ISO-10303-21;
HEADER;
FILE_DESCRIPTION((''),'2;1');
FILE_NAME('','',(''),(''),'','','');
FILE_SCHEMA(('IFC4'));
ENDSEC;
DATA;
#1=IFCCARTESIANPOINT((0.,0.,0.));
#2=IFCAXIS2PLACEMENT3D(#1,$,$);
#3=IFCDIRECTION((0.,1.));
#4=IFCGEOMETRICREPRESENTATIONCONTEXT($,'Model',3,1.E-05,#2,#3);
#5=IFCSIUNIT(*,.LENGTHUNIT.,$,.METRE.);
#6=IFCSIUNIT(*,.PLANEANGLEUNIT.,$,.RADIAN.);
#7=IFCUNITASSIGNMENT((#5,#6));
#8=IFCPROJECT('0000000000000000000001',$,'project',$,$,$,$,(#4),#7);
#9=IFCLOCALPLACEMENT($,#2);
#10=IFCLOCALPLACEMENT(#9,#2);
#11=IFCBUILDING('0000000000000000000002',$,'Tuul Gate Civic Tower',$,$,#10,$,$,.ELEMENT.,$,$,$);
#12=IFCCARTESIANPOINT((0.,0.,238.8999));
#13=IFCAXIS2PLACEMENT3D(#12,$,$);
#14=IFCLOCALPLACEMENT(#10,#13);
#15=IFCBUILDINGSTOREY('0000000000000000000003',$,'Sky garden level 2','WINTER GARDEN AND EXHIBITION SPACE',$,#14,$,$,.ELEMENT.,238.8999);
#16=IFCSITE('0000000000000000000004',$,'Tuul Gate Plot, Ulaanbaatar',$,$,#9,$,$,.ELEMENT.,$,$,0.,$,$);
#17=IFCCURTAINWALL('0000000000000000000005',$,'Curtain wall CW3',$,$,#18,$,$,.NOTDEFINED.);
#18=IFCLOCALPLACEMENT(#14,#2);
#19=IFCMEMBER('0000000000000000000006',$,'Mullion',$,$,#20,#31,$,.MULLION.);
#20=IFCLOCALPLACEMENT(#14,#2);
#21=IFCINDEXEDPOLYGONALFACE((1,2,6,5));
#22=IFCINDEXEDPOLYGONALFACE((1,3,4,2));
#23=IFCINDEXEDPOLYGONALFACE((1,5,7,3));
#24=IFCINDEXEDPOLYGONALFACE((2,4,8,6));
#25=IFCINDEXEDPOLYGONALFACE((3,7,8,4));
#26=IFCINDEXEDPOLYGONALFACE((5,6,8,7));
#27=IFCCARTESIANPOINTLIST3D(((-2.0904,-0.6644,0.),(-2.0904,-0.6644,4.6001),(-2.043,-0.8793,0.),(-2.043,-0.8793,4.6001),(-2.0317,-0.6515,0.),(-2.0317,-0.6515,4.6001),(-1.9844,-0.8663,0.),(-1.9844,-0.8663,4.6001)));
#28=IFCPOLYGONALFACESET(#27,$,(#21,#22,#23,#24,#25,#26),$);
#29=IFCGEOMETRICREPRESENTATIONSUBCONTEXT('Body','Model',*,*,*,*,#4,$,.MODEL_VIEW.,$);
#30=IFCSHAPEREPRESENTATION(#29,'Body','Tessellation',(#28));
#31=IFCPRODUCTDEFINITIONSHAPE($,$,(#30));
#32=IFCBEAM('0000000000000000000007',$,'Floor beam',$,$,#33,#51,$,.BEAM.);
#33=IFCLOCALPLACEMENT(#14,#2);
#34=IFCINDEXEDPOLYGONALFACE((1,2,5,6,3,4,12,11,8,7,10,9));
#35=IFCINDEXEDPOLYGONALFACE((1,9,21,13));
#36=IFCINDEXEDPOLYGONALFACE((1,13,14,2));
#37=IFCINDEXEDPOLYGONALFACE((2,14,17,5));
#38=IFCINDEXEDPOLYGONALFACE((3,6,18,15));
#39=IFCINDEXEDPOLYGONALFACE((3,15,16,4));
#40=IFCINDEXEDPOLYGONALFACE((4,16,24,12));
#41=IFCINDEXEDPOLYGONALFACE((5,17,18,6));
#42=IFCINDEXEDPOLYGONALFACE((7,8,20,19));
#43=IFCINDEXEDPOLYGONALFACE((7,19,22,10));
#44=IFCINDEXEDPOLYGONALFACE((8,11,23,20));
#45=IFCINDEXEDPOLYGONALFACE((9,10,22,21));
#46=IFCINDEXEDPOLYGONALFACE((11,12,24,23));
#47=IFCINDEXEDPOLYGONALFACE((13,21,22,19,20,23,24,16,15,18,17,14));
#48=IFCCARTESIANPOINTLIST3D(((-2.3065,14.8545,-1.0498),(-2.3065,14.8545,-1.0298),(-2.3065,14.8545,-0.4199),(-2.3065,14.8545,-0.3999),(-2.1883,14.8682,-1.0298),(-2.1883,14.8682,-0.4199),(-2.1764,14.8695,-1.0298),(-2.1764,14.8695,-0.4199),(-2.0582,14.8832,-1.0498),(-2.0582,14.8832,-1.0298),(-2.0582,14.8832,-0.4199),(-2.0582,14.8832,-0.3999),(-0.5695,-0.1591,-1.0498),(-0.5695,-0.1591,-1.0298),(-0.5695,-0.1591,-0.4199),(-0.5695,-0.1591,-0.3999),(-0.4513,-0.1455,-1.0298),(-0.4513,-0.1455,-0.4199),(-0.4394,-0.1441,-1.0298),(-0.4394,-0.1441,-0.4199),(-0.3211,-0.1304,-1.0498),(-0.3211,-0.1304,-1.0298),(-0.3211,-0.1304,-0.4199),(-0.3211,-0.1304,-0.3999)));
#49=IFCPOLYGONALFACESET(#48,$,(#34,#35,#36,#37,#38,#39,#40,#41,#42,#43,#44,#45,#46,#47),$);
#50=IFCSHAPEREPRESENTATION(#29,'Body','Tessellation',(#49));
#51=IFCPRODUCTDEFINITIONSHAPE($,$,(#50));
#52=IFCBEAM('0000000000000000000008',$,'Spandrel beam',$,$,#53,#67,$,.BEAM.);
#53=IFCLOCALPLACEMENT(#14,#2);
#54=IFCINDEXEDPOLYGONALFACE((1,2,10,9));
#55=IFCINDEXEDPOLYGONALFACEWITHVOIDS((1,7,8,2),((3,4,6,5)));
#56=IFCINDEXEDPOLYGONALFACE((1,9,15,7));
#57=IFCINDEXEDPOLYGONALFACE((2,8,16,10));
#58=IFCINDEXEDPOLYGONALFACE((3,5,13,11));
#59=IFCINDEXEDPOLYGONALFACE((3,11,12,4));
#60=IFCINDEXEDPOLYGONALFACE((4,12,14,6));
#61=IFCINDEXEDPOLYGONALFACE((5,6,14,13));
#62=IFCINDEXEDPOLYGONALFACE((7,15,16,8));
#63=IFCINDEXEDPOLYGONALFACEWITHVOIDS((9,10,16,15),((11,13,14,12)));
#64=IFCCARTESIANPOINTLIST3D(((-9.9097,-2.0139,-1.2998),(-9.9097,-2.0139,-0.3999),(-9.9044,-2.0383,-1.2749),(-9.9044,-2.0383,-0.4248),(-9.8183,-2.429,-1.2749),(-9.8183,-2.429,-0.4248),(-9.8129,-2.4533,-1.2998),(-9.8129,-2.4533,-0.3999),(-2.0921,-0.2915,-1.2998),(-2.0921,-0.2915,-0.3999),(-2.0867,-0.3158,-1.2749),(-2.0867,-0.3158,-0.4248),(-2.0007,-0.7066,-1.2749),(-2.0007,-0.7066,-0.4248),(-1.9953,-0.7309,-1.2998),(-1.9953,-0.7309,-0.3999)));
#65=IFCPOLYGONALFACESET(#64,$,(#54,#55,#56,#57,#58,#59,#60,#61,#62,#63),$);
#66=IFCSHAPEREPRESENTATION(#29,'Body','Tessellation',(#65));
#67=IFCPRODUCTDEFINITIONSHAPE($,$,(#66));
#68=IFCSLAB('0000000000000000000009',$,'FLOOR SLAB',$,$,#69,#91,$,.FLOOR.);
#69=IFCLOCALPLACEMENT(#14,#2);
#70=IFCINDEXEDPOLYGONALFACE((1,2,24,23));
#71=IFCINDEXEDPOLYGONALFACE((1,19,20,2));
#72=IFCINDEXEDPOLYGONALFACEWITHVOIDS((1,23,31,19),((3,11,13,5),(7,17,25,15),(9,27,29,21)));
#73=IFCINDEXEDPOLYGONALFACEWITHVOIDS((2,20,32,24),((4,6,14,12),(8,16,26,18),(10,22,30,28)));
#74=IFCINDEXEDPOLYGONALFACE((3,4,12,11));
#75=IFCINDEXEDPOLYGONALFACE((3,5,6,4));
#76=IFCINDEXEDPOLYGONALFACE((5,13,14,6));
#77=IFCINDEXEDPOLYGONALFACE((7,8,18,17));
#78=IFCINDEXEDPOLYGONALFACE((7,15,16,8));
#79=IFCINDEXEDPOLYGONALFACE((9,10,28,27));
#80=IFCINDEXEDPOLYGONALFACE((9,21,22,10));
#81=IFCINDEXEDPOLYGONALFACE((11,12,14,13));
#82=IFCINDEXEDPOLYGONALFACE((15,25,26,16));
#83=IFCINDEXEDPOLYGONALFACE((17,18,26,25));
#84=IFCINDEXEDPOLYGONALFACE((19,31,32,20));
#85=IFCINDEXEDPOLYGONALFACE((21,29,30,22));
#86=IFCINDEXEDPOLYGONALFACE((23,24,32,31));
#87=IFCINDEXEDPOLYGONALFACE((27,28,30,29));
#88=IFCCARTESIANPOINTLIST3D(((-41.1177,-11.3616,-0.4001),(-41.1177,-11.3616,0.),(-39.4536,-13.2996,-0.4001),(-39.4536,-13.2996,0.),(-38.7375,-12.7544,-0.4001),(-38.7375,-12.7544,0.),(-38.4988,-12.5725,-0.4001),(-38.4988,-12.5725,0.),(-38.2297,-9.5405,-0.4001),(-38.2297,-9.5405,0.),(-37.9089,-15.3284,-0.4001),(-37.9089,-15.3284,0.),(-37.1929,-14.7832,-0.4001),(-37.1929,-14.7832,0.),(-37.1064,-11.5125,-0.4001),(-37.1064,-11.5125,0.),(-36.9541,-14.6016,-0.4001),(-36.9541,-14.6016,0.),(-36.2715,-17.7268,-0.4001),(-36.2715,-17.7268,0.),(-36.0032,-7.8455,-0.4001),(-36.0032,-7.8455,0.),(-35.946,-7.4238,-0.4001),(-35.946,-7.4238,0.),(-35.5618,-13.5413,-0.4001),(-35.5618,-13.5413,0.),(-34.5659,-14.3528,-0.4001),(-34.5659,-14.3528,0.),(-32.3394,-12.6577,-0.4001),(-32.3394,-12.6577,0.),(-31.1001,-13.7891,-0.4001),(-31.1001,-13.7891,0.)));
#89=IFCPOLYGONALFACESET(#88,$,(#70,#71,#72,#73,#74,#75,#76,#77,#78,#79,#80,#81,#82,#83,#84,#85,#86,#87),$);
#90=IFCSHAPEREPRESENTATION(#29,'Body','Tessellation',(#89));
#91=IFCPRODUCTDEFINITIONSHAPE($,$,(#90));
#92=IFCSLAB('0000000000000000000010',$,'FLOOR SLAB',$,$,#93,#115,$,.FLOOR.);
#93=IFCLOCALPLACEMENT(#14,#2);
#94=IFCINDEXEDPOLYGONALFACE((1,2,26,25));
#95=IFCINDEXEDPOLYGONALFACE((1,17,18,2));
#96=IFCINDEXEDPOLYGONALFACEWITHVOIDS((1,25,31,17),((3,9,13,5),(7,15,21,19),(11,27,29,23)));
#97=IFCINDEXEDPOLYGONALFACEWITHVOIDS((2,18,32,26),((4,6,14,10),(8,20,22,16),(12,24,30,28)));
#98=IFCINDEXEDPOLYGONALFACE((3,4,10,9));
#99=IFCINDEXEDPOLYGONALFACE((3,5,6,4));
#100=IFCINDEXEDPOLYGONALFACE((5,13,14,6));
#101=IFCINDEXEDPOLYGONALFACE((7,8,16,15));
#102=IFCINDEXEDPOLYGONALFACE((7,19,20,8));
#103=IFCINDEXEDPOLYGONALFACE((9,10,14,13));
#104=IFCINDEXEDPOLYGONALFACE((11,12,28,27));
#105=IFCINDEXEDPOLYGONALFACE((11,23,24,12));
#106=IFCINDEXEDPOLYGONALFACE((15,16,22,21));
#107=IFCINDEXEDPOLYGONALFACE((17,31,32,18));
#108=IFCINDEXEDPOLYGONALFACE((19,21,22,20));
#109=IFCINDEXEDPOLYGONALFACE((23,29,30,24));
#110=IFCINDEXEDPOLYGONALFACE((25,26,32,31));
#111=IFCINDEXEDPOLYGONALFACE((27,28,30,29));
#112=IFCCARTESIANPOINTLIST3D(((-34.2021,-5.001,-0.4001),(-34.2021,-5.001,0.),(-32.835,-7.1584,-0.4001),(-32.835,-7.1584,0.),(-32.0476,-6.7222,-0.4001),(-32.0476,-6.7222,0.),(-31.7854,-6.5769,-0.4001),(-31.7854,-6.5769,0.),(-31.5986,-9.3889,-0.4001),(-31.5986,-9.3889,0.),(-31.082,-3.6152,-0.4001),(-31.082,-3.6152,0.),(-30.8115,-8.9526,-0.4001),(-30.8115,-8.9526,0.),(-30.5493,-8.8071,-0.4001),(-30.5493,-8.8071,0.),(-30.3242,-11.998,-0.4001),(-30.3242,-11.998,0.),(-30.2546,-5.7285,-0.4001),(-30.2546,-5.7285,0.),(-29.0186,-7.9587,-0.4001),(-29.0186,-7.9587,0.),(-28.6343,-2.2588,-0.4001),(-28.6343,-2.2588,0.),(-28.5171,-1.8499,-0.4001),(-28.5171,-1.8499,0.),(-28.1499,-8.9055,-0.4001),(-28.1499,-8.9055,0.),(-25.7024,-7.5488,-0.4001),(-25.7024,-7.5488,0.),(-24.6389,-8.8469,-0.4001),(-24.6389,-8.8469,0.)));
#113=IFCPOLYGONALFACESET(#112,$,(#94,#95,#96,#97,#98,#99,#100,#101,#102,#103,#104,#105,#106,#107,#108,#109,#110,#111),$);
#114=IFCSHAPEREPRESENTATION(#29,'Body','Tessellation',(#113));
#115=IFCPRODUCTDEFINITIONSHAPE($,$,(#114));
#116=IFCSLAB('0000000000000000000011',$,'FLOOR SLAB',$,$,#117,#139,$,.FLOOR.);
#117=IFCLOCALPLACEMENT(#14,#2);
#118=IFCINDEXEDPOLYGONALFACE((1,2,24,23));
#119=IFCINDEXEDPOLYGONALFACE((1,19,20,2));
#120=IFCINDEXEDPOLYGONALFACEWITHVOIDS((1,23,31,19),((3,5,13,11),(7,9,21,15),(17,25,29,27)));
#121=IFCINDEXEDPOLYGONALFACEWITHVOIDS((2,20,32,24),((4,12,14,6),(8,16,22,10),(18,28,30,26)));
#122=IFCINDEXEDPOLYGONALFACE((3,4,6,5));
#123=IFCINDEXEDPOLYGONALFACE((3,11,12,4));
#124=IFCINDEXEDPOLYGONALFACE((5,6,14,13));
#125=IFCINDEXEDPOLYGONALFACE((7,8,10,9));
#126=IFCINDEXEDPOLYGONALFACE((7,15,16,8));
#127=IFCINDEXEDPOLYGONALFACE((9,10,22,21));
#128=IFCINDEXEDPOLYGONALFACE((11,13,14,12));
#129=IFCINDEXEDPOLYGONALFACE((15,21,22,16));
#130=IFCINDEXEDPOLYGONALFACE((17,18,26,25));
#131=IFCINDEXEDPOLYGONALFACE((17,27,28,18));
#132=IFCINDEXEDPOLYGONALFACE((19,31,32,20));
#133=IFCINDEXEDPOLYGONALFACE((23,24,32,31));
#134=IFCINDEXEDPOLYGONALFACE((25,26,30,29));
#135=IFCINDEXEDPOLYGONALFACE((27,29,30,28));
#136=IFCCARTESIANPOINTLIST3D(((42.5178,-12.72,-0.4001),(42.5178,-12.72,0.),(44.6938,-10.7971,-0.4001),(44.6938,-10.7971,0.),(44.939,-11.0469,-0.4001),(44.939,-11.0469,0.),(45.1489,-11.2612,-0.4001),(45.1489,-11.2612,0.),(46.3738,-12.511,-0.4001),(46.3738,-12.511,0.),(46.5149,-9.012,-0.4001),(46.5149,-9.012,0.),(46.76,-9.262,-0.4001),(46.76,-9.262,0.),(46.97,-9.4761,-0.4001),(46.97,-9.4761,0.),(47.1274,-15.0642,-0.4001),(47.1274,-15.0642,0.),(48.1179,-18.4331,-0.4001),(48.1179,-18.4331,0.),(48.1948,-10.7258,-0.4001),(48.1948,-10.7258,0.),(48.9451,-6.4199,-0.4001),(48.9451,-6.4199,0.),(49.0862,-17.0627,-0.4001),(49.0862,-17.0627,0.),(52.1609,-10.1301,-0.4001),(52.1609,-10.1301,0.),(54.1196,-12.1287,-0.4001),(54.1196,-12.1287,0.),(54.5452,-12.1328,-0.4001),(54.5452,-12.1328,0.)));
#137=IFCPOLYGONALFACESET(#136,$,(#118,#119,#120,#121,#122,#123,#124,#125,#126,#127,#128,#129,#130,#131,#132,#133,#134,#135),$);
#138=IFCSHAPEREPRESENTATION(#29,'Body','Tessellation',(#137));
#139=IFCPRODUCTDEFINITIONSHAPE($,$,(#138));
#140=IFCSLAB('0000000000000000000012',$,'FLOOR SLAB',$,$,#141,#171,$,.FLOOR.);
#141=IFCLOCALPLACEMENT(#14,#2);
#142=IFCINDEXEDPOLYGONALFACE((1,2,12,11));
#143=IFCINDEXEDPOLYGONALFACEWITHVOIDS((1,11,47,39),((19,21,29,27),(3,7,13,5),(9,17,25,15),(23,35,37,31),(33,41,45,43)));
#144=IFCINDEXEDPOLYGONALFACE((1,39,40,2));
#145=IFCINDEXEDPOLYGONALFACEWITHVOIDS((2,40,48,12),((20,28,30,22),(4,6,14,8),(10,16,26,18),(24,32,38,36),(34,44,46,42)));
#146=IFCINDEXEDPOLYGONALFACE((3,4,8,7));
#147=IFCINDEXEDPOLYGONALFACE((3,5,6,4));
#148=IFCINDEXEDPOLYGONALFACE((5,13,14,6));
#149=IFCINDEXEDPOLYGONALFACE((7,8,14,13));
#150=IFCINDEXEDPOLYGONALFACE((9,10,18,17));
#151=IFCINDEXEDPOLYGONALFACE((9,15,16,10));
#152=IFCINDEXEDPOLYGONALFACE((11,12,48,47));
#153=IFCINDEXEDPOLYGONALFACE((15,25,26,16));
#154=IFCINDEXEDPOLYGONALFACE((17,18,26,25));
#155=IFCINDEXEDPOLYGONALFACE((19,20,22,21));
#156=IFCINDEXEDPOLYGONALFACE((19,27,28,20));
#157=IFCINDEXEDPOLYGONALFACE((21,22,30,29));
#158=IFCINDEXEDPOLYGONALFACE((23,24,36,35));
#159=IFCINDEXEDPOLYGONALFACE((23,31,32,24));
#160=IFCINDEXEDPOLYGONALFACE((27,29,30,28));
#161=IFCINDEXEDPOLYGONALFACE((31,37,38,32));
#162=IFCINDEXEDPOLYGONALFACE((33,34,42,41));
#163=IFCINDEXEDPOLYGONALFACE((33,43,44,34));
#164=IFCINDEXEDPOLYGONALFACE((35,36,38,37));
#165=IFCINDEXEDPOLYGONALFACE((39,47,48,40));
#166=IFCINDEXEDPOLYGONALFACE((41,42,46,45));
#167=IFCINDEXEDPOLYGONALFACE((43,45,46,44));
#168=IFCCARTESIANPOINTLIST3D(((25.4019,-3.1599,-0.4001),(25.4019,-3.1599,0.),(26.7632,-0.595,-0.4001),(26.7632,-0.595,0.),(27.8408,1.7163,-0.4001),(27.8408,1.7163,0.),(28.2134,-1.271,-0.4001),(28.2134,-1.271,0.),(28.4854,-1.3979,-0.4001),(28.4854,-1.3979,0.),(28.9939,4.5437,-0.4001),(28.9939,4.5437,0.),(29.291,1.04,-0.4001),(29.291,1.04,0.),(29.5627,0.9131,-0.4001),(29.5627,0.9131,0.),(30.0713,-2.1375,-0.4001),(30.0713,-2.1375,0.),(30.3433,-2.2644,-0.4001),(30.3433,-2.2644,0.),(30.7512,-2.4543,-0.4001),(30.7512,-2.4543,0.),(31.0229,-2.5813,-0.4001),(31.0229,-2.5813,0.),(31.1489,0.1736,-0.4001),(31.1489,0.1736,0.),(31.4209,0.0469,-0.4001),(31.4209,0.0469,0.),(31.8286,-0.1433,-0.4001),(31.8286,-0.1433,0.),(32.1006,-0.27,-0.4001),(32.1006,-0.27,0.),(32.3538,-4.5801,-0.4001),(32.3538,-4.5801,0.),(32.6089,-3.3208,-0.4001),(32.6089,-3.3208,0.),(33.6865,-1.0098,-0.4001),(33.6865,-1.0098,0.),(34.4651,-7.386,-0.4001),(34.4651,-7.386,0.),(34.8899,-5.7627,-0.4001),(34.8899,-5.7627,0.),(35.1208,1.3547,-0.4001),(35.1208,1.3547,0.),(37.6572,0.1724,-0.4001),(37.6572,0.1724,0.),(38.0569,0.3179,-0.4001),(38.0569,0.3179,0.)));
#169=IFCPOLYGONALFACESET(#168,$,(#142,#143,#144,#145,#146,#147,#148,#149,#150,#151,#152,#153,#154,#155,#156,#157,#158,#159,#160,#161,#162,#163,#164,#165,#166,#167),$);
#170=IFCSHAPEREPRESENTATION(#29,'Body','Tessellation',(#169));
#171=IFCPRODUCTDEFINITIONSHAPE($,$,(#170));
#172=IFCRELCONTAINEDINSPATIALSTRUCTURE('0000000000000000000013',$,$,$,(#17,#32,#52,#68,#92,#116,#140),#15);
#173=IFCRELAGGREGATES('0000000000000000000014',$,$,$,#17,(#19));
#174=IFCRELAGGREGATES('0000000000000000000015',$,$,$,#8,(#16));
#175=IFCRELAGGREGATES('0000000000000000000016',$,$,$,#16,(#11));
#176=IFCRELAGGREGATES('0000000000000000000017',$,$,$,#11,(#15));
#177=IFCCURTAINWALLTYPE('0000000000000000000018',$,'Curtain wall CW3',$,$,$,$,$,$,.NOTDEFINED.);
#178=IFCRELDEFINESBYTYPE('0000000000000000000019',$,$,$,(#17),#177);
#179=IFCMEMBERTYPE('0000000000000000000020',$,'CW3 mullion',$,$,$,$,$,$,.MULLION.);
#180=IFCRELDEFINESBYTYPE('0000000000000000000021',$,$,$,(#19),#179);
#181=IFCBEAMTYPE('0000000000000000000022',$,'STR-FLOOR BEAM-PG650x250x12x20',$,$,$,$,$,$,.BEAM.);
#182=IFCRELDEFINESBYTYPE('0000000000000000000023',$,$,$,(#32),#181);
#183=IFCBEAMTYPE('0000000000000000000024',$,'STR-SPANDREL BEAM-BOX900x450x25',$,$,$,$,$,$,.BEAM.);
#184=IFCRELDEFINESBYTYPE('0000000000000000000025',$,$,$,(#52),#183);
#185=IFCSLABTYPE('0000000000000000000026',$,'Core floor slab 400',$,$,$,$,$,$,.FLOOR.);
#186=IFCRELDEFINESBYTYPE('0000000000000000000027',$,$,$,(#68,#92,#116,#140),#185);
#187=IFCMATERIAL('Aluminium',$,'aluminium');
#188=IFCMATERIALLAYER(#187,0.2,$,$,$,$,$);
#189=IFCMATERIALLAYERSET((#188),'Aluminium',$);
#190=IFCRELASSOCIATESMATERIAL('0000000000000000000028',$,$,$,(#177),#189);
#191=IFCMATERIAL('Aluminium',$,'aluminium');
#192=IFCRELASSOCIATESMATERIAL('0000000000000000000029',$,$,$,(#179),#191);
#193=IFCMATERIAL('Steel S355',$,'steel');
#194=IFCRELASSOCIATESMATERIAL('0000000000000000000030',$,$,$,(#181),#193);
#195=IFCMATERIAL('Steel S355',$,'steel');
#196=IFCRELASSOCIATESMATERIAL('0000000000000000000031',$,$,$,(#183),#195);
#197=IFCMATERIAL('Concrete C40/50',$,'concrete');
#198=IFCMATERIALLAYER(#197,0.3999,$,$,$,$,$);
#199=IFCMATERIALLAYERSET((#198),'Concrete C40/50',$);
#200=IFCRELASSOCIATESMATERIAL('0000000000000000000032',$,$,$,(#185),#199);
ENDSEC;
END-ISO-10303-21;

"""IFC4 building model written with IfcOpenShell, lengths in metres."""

from ifc_helpers import new_model, si_unit, direction, frame, origin, origin_2d, place, context, subcontext, project, spatial, polyline, rectangle, hollow_rectangle, i_section, outline, extrude, material, layer, layer_set, material_profile, profile_set, type_object, element, aggregate, save


model = new_model("IFC4")

# Units and contexts
model_context = context("Model", 3, precision=1e-05, world=origin(), true_north=direction((0.0, 1.0)))
body_context = subcontext(model_context, "Body", "Model", "MODEL_VIEW")
ifc_project = project(units=[si_unit("LENGTHUNIT", "METRE"), si_unit("PLANEANGLEUNIT", "RADIAN")], contexts=[model_context])

# Site, building, storey
site_placement = place(None, origin())
site = spatial("IfcSite", under=ifc_project, at=site_placement, Name="Tuul Gate Plot, Ulaanbaatar", CompositionType="ELEMENT", RefElevation=0.0)
building_placement = place(site_placement, origin())
building = spatial("IfcBuilding", under=site, at=building_placement, Name="Tuul Gate Civic Tower", CompositionType="ELEMENT")
storey_placement = place(building_placement, frame((0.0, 0.0, 238.8999)))
storey = spatial("IfcBuildingStorey", under=building, at=storey_placement, Name="Sky garden level 2", Description="WINTER GARDEN AND EXHIBITION SPACE", CompositionType="ELEMENT", Elevation=238.8999)

# Curtain wall, member
ifc_material_1 = material(Name="Aluminium", Category="aluminium")
ifc_layer_1 = layer(ifc_material_1, 0.2)
ifc_layer_set_1 = layer_set([ifc_layer_1], Name="Aluminium")
curtain_wall_type = type_object("IfcCurtainWallType", Name="Curtain wall CW3", PredefinedType="NOTDEFINED", material=ifc_layer_set_1)
curtain_wall_placement = place(storey_placement, origin())
curtain_wall = element("IfcCurtainWall", 1, at=curtain_wall_placement, inside=storey, type_object=curtain_wall_type, Name="Curtain wall CW3", PredefinedType="NOTDEFINED")
ifc_material_2 = material(Name="Aluminium", Category="aluminium")
ifc_material_profile_1 = material_profile(ifc_material_2, rectangle(XDim=0.22, YDim=0.0601, at=origin_2d()), Name="CW3 mullion")
ifc_profile_set_1 = profile_set([ifc_material_profile_1], Name="Aluminium")
member_type = type_object("IfcMemberType", Name="CW3 mullion", PredefinedType="MULLION", material=ifc_profile_set_1)
member_placement = place(storey_placement, frame((-2.0374, -0.7654, 0.0), z_axis=(0.0, 0.0, 1.0), x_axis=(-0.215242, 0.976561, 0.0)))
member = element("IfcMember", 2, at=member_placement, type_object=member_type, Name="Mullion", PredefinedType="MULLION", context=body_context, shape_type="SweptSolid", body=[
    extrude(rectangle(XDim=0.22, YDim=0.0601, at=origin_2d()), origin(), (0.0, 0.0, 1.0), 4.6001),
])
aggregate(curtain_wall, [member])

# Beams
ifc_material_3 = material(Name="Steel S355", Category="steel")
ifc_material_profile_2 = material_profile(ifc_material_3, i_section(OverallWidth=0.25, OverallDepth=0.6499, WebThickness=0.012, FlangeThickness=0.02, at=origin_2d()), Name="PG650x250x12x20")
ifc_profile_set_2 = profile_set([ifc_material_profile_2], Name="Steel S355")
beam_type_1 = type_object("IfcBeamType", Name="STR-FLOOR BEAM-PG650x250x12x20", PredefinedType="BEAM", material=ifc_profile_set_2)
beam_1_placement = place(storey_placement, frame((-0.4453, -0.1448, -0.7249), z_axis=(-0.114932, 0.993373, 0.0), x_axis=(-0.993373, -0.114932, 0.0)))
element("IfcBeam", 3, at=beam_1_placement, inside=storey, type_object=beam_type_1, Name="Floor beam", PredefinedType="BEAM", context=body_context, shape_type="SweptSolid", body=[
    extrude(i_section(OverallWidth=0.25, OverallDepth=0.6499, WebThickness=0.012, FlangeThickness=0.02, at=origin_2d()), origin(), (0.0, 0.0, 1.0), 15.1138),
])
ifc_material_4 = material(Name="Steel S355", Category="steel")
ifc_material_profile_3 = material_profile(ifc_material_4, hollow_rectangle(XDim=0.45, YDim=0.8999, WallThickness=0.0249, at=origin_2d()), Name="BOX900x450x25")
ifc_profile_set_3 = profile_set([ifc_material_profile_3], Name="Steel S355")
beam_type_2 = type_object("IfcBeamType", Name="STR-SPANDREL BEAM-BOX900x450x25", PredefinedType="BEAM", material=ifc_profile_set_3)
beam_2_placement = place(storey_placement, frame((-2.0437, -0.5112, -0.8499), z_axis=(-0.976578, -0.215164, 0.0), x_axis=(0.215164, -0.976578, 0.0)))
element("IfcBeam", 4, at=beam_2_placement, inside=storey, type_object=beam_type_2, Name="Spandrel beam", PredefinedType="BEAM", context=body_context, shape_type="SweptSolid", body=[
    extrude(hollow_rectangle(XDim=0.45, YDim=0.8999, WallThickness=0.0249, at=origin_2d()), origin(), (0.0, 0.0, 1.0), 8.0051),
])

# Slabs
ifc_material_5 = material(Name="Concrete C40/50", Category="concrete")
ifc_layer_2 = layer(ifc_material_5, 0.3999)
ifc_layer_set_2 = layer_set([ifc_layer_2], Name="Concrete C40/50")
slab_type_1 = type_object("IfcSlabType", Name="Core floor slab 400", PredefinedType="FLOOR", material=ifc_layer_set_2)
slab_1_placement = place(storey_placement, frame((0.0, 0.0, -0.4001)))
element("IfcSlab", 5, at=slab_1_placement, inside=storey, type_object=slab_type_1, Name="FLOOR SLAB", PredefinedType="FLOOR", context=body_context, shape_type="SweptSolid", body=[
    extrude(outline(polyline([(-31.1001, -13.7891), (-35.946, -7.4238), (-41.1177, -11.3616), (-36.2715, -17.7268), (-31.1001, -13.7891)]), holes=[polyline([(-35.5618, -13.5413), (-37.1064, -11.5125), (-38.4988, -12.5725), (-36.9541, -14.6016), (-35.5618, -13.5413)]), polyline([(-37.1929, -14.7832), (-38.7375, -12.7544), (-39.4536, -13.2996), (-37.9089, -15.3284), (-37.1929, -14.7832)]), polyline([(-32.3394, -12.6577), (-34.5659, -14.3528), (-38.2297, -9.5405), (-36.0032, -7.8455), (-32.3394, -12.6577)])]), origin(), (0.0, 0.0, 1.0), 0.4001),
])
slab_2_placement = place(storey_placement, frame((0.0, 0.0, -0.4001)))
element("IfcSlab", 6, at=slab_2_placement, inside=storey, type_object=slab_type_1, Name="FLOOR SLAB", PredefinedType="FLOOR", context=body_context, shape_type="SweptSolid", body=[
    extrude(outline(polyline([(-24.6389, -8.8469), (-28.5171, -1.8499), (-34.2021, -5.001), (-30.3242, -11.998), (-24.6389, -8.8469)]), holes=[polyline([(-29.0186, -7.9587), (-30.2546, -5.7285), (-31.7854, -6.5769), (-30.5493, -8.8071), (-29.0186, -7.9587)]), polyline([(-30.8115, -8.9526), (-32.0476, -6.7222), (-32.835, -7.1584), (-31.5986, -9.3889), (-30.8115, -8.9526)]), polyline([(-25.7024, -7.5488), (-28.1499, -8.9055), (-31.082, -3.6152), (-28.6343, -2.2588), (-25.7024, -7.5488)])]), origin(), (0.0, 0.0, 1.0), 0.4001),
])
slab_3_placement = place(storey_placement, frame((0.0, 0.0, -0.4001)))
element("IfcSlab", 7, at=slab_3_placement, inside=storey, type_object=slab_type_1, Name="FLOOR SLAB", PredefinedType="FLOOR", context=body_context, shape_type="SweptSolid", body=[
    extrude(outline(polyline([(48.1179, -18.4331), (54.5452, -12.1328), (48.9451, -6.4199), (42.5178, -12.72), (48.1179, -18.4331)]), holes=[polyline([(46.3738, -12.511), (48.1948, -10.7258), (46.97, -9.4761), (45.1489, -11.2612), (46.3738, -12.511)]), polyline([(44.939, -11.0469), (46.76, -9.262), (46.5149, -9.012), (44.6938, -10.7971), (44.939, -11.0469)]), polyline([(49.0862, -17.0627), (47.1274, -15.0642), (52.1609, -10.1301), (54.1196, -12.1287), (49.0862, -17.0627)])]), origin(), (0.0, 0.0, 1.0), 0.4001),
])
slab_4_placement = place(storey_placement, frame((0.0, 0.0, -0.4001)))
element("IfcSlab", 8, at=slab_4_placement, inside=storey, type_object=slab_type_1, Name="FLOOR SLAB", PredefinedType="FLOOR", context=body_context, shape_type="SweptSolid", body=[
    extrude(outline(polyline([(34.4651, -7.386), (38.0569, 0.3179), (28.9939, 4.5437), (25.4019, -3.1599), (34.4651, -7.386)]), holes=[polyline([(32.6089, -3.3208), (33.6865, -1.0098), (32.1006, -0.27), (31.0229, -2.5813), (32.6089, -3.3208)]), polyline([(30.0713, -2.1375), (31.1489, 0.1736), (29.5627, 0.9131), (28.4854, -1.3979), (30.0713, -2.1375)]), polyline([(30.7512, -2.4543), (31.8286, -0.1433), (31.4209, 0.0469), (30.3433, -2.2644), (30.7512, -2.4543)]), polyline([(28.2134, -1.271), (29.291, 1.04), (27.8408, 1.7163), (26.7632, -0.595), (28.2134, -1.271)]), polyline([(34.8899, -5.7627), (32.3538, -4.5801), (35.1208, 1.3547), (37.6572, 0.1724), (34.8899, -5.7627)])]), origin(), (0.0, 0.0, 1.0), 0.4001),
])

save(model, "model.ifc")
